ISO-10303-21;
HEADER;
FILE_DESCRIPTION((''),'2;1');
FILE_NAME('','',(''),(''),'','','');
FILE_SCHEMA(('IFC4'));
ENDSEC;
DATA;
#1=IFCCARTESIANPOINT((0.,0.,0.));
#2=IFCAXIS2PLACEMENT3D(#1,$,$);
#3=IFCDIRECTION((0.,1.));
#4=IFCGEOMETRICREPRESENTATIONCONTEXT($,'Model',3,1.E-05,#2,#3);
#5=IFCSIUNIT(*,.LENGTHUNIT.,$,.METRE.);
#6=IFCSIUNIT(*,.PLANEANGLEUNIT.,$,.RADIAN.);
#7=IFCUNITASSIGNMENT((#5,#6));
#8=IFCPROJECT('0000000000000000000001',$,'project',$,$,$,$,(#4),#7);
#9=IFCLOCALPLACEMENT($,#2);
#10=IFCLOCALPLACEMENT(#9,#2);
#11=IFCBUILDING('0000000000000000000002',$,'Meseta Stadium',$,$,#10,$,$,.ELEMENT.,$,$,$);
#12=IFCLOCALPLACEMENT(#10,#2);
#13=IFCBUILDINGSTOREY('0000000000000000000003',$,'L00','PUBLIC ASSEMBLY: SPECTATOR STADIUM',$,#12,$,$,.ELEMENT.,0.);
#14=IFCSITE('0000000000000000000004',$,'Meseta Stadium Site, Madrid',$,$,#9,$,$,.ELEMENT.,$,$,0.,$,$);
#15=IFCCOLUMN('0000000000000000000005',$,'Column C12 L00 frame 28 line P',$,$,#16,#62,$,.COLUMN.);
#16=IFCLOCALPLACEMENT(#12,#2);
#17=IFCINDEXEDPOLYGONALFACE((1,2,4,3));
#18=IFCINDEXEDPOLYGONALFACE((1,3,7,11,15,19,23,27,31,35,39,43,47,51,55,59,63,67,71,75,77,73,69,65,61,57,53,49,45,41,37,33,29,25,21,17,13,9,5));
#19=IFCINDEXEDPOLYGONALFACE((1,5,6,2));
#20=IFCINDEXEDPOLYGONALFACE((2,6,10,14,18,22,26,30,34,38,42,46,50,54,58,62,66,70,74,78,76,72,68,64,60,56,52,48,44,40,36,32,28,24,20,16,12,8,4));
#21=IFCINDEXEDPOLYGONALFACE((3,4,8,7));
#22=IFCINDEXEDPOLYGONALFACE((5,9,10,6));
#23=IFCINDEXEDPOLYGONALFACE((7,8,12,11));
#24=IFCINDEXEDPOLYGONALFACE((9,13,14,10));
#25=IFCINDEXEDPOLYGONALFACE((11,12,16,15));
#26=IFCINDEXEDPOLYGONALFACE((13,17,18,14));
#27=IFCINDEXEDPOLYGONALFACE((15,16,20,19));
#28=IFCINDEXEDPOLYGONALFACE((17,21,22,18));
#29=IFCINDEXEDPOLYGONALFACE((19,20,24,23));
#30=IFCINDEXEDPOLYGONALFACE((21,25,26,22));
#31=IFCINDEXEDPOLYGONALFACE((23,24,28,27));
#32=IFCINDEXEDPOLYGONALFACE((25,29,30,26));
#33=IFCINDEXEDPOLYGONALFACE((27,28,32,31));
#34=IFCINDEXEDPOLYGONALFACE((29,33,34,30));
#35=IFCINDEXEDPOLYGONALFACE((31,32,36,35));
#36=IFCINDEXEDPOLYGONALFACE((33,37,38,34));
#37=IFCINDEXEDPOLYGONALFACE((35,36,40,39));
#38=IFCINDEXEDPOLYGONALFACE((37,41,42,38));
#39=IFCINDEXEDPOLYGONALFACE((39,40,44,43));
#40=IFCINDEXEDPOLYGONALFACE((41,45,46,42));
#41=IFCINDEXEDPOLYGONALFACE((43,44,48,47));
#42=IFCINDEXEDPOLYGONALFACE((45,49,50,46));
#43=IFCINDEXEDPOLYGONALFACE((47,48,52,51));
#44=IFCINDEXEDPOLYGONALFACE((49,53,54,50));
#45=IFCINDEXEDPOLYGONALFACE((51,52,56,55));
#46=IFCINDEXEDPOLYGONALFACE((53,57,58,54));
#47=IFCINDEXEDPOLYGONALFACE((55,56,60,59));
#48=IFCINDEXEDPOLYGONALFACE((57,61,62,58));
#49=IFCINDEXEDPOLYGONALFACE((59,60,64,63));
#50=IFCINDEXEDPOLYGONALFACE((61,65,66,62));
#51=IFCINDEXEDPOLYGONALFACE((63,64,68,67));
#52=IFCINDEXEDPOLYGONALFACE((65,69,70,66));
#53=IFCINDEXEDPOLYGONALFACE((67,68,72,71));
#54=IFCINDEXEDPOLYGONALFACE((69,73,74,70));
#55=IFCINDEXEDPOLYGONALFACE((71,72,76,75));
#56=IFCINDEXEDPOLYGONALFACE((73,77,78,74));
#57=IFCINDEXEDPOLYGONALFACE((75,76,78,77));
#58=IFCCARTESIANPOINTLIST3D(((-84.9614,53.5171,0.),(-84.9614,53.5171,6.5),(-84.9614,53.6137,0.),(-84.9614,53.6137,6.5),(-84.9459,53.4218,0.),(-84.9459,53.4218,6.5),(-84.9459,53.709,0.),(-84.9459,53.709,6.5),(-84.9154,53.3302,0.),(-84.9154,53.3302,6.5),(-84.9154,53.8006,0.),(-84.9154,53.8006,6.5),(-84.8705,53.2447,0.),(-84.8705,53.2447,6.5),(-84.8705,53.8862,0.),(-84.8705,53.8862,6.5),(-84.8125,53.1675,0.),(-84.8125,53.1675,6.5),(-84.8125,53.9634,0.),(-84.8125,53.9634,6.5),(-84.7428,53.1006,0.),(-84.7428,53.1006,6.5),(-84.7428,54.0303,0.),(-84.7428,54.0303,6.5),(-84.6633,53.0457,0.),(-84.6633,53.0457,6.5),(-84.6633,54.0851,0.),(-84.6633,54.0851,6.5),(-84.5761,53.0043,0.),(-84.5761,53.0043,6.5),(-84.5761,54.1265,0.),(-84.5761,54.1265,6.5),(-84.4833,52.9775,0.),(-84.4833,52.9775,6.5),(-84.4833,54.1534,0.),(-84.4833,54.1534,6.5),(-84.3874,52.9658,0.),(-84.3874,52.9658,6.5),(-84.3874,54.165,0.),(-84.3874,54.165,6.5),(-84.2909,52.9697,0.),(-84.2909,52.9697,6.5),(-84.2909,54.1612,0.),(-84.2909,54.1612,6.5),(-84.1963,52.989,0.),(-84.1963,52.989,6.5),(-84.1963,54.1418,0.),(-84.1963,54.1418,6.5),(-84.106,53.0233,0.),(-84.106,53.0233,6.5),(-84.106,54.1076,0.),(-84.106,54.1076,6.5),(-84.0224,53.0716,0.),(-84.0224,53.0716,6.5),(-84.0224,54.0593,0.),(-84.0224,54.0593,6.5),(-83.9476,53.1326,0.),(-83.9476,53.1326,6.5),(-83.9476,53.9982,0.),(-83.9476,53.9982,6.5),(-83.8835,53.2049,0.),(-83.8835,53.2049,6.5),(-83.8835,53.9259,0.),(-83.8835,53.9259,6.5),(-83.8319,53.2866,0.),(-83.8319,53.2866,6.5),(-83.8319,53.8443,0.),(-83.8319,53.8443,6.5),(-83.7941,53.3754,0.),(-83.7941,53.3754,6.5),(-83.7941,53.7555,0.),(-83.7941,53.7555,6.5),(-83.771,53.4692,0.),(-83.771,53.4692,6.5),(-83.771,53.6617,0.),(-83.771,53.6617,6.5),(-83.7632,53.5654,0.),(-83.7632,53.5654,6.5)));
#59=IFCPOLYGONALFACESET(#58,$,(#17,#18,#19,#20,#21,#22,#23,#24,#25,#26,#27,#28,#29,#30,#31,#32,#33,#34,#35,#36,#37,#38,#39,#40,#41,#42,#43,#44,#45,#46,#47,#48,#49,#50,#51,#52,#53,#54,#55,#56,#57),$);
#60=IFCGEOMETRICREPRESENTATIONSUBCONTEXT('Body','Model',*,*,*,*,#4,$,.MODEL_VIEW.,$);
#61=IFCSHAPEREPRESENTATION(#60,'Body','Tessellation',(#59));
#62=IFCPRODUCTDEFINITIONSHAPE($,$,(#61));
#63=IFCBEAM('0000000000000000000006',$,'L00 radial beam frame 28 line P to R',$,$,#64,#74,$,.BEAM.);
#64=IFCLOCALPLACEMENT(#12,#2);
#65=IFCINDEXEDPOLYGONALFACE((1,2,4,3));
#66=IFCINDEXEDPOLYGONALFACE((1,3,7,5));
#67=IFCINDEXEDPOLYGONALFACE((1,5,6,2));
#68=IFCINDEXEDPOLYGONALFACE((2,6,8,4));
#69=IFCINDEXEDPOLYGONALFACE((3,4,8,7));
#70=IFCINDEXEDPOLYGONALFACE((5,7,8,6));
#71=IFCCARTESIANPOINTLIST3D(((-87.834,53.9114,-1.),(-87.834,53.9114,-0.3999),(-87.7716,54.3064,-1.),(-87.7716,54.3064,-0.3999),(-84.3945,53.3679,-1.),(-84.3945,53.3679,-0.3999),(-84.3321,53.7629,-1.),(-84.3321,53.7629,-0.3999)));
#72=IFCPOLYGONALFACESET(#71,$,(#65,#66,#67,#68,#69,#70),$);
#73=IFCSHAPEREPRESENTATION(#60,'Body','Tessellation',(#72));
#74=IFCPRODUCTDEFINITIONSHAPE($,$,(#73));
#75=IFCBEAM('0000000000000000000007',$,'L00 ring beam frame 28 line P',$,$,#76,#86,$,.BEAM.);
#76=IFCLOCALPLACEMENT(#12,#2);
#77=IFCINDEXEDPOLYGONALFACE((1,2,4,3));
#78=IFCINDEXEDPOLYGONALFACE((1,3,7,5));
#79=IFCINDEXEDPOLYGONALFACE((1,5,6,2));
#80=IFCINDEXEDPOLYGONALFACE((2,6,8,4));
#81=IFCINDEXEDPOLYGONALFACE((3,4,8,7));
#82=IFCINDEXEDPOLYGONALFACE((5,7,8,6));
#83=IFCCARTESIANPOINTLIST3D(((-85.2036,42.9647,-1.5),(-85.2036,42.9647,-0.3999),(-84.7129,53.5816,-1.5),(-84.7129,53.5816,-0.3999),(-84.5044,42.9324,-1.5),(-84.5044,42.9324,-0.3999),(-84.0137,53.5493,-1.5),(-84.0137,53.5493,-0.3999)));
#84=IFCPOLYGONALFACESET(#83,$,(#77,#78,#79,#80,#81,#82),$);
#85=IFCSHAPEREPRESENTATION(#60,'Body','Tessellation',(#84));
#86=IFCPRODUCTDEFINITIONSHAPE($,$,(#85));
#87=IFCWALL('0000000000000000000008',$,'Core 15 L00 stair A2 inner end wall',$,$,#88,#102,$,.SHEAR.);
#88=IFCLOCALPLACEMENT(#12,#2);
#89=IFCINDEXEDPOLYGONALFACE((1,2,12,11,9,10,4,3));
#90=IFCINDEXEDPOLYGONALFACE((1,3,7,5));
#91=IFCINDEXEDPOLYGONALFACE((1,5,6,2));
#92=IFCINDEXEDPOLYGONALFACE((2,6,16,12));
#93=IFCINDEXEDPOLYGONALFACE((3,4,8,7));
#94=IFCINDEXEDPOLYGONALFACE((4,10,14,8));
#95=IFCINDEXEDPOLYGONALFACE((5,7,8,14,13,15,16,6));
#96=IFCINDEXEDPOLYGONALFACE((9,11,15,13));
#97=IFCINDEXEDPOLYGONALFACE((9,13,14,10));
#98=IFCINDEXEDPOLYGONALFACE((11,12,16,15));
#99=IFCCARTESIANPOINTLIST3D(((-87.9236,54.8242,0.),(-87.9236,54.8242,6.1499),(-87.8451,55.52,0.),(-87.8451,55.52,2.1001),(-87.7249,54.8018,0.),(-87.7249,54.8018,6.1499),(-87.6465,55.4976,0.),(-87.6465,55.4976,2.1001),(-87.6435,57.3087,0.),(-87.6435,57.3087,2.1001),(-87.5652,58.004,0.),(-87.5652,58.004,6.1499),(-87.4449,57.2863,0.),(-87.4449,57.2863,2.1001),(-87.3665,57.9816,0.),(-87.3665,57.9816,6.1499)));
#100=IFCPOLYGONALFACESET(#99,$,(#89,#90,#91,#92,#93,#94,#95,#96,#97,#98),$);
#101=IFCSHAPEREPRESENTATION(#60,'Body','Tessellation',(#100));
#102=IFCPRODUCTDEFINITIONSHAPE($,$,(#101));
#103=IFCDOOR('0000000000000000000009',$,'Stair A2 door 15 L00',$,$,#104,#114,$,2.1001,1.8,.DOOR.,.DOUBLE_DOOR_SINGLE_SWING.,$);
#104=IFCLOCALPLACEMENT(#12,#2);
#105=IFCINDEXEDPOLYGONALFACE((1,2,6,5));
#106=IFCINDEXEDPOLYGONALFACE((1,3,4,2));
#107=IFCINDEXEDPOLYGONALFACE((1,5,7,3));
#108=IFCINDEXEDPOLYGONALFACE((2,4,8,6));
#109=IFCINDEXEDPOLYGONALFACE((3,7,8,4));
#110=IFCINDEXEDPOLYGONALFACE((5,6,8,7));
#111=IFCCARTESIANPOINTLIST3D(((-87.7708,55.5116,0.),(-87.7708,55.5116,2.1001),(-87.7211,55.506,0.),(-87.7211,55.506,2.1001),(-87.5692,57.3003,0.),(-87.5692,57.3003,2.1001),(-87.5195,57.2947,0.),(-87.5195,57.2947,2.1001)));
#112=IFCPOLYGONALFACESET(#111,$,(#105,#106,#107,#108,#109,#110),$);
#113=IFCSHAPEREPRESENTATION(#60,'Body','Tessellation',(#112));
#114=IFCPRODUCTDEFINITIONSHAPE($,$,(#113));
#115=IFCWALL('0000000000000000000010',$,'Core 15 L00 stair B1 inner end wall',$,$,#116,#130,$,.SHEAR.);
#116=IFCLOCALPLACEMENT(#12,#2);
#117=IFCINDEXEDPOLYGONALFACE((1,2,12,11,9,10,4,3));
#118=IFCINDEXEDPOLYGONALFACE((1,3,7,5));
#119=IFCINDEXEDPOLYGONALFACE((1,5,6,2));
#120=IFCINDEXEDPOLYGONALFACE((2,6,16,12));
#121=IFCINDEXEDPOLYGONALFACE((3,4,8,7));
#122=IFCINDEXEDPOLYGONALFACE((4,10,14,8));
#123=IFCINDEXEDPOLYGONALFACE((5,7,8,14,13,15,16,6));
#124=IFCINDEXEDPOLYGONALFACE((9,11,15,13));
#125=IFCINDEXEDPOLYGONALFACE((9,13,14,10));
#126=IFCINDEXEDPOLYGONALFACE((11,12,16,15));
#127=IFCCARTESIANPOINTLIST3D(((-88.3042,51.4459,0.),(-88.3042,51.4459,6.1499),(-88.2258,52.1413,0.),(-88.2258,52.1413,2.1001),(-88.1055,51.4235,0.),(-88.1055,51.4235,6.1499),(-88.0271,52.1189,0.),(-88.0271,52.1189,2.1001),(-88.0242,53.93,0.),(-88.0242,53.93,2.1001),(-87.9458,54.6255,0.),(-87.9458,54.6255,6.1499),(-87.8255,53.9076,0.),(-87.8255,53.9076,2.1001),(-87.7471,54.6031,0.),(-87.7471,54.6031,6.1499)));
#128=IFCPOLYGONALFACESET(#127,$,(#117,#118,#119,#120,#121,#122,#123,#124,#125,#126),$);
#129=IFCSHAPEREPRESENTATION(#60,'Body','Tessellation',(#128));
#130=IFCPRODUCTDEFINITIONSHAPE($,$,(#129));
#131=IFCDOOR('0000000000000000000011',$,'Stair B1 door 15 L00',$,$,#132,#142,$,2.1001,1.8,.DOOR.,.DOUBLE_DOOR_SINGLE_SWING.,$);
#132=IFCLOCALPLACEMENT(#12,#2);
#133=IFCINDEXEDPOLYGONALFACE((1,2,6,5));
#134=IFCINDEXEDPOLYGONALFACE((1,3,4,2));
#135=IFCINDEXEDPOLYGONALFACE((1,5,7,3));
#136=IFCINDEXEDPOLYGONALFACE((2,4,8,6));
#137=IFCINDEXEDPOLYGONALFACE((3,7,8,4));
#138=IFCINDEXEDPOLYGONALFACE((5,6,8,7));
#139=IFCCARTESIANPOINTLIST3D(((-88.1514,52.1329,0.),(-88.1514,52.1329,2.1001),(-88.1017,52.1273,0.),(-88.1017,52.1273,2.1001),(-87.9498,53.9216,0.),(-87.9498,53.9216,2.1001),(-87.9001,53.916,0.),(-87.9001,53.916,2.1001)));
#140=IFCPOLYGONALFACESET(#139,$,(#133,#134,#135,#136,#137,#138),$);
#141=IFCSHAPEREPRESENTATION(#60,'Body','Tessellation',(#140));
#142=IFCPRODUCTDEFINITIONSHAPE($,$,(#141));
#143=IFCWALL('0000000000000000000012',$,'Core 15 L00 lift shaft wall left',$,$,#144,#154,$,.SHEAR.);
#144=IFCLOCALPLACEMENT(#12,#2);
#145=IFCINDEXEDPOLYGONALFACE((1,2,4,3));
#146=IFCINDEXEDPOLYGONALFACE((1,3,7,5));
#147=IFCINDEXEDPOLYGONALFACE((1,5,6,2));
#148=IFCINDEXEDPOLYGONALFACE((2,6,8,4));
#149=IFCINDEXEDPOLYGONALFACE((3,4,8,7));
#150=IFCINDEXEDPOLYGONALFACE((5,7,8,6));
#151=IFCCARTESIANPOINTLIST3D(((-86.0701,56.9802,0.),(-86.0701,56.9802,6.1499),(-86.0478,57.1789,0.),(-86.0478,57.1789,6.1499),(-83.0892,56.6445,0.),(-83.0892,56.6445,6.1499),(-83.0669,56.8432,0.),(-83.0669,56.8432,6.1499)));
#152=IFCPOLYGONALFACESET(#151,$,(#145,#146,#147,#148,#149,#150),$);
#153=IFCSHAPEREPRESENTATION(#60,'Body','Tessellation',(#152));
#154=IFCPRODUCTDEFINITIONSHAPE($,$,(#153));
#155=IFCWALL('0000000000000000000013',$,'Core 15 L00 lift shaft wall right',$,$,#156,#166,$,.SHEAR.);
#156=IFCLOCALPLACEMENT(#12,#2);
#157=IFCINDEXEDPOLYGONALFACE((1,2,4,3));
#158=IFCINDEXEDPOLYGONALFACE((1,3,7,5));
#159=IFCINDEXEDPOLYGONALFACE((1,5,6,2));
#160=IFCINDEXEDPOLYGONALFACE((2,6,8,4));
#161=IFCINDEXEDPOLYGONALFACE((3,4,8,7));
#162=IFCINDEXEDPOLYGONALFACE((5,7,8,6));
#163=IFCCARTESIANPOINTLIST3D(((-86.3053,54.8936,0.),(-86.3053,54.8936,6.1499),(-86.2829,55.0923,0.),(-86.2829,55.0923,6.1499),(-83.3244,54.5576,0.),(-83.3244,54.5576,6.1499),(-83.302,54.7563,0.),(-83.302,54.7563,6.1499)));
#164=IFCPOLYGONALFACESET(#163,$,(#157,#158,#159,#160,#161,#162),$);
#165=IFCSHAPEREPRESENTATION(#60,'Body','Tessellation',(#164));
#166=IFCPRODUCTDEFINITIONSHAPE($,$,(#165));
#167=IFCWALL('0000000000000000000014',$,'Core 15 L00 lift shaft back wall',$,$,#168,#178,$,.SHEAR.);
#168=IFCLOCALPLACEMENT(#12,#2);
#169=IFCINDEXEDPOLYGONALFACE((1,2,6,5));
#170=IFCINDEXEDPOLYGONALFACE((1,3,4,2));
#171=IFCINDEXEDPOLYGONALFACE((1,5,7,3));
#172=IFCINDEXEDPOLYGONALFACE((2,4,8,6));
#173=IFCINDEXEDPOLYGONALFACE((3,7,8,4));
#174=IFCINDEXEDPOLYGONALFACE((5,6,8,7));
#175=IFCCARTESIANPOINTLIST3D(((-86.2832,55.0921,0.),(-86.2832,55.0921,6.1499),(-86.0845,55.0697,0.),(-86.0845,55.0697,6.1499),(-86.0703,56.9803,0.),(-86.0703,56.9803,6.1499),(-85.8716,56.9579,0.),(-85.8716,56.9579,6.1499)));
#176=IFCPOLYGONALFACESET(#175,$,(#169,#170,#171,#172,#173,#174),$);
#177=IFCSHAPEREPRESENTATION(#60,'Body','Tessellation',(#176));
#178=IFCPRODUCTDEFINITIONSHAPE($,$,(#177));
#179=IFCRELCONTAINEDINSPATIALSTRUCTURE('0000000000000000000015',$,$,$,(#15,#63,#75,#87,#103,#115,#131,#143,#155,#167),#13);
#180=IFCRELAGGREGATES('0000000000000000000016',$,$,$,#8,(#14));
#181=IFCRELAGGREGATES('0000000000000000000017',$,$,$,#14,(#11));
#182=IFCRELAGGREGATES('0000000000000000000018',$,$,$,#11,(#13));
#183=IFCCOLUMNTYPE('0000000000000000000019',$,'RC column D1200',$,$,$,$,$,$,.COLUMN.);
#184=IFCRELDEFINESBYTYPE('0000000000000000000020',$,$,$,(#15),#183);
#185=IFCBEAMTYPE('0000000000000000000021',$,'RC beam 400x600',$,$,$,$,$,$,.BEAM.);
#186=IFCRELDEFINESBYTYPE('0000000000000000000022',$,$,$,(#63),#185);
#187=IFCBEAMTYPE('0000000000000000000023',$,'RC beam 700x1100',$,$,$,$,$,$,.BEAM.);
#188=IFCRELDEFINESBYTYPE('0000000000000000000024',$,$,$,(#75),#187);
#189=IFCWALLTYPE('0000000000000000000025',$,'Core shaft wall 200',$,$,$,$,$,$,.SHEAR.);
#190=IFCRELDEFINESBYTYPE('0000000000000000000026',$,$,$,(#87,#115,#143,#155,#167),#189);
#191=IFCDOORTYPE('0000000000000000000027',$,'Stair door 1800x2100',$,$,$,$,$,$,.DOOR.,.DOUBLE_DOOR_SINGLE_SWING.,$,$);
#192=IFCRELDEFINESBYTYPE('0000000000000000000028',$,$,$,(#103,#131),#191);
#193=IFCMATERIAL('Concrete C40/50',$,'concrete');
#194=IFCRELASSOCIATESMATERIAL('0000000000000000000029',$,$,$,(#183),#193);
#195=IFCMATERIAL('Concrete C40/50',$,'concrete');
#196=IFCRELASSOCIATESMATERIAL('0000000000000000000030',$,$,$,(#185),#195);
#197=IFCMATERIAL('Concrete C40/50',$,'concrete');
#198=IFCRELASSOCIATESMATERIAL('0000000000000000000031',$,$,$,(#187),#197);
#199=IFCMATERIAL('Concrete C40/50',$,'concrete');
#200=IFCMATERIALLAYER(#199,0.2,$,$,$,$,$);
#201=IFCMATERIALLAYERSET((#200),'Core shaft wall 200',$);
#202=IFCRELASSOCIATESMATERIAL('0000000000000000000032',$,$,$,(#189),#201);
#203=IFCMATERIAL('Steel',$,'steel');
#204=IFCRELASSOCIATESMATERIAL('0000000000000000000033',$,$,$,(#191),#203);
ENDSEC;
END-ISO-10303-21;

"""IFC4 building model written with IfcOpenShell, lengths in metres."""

from ifc_helpers import new_model, si_unit, direction, frame, frame_2d, origin, origin_2d, place, context, subcontext, project, spatial, rectangle, circle, extrude, material, layer, layer_set, material_profile, profile_set, type_object, element, fill, save


model = new_model("IFC4")

# Units and contexts
model_context = context("Model", 3, precision=1e-05, world=origin(), true_north=direction((0.0, 1.0)))
body_context = subcontext(model_context, "Body", "Model", "MODEL_VIEW")
ifc_project = project(units=[si_unit("LENGTHUNIT", "METRE"), si_unit("PLANEANGLEUNIT", "RADIAN")], contexts=[model_context])

# Site, building, storey
site_placement = place(None, origin())
site = spatial("IfcSite", under=ifc_project, at=site_placement, Name="Meseta Stadium Site, Madrid", CompositionType="ELEMENT", RefElevation=0.0)
building_placement = place(site_placement, origin())
building = spatial("IfcBuilding", under=site, at=building_placement, Name="Meseta Stadium", CompositionType="ELEMENT")
storey_placement = place(building_placement, origin())
storey = spatial("IfcBuildingStorey", under=building, at=storey_placement, Name="L00", Description="PUBLIC ASSEMBLY: SPECTATOR STADIUM", CompositionType="ELEMENT", Elevation=0.0)

# Column
ifc_material_1 = material(Name="Concrete C40/50", Category="concrete")
ifc_material_profile_1 = material_profile(ifc_material_1, circle(Radius=0.6001, at=origin_2d()), Name="RC D1200")
ifc_profile_set_1 = profile_set([ifc_material_profile_1], Name="Concrete C40/50")
column_type = type_object("IfcColumnType", Name="RC column D1200", PredefinedType="COLUMN", material=ifc_profile_set_1)
column_placement = place(storey_placement, frame((-84.3633, 53.5654, 0.0), z_axis=(0.0, 0.0, 1.0), x_axis=(1.0, 0.0, 0.0)))
element("IfcColumn", 1, at=column_placement, inside=storey, type_object=column_type, Name="Column C12 L00 frame 28 line P", PredefinedType="COLUMN", context=body_context, shape_type="SweptSolid", body=[
    extrude(circle(Radius=0.6001, at=origin_2d()), origin(), (0.0, 0.0, 1.0), 6.5),
])

# Beams
ifc_material_2 = material(Name="Concrete C40/50", Category="concrete")
ifc_material_profile_2 = material_profile(ifc_material_2, rectangle(XDim=0.3999, YDim=0.6001, at=origin_2d()), Name="RC 400x600")
ifc_profile_set_2 = profile_set([ifc_material_profile_2], Name="Concrete C40/50")
beam_type_1 = type_object("IfcBeamType", Name="RC beam 400x600", PredefinedType="BEAM", material=ifc_profile_set_2)
beam_1_placement = place(storey_placement, frame((-84.3633, 53.5654, -0.7), z_axis=(-0.987746, 0.156071, 0.0), x_axis=(-0.156071, -0.987746, 0.0)))
element("IfcBeam", 2, at=beam_1_placement, inside=storey, type_object=beam_type_1, Name="L00 radial beam frame 28 line P to R", PredefinedType="BEAM", context=body_context, shape_type="SweptSolid", body=[
    extrude(rectangle(XDim=0.3999, YDim=0.6001, at=origin_2d()), origin(), (0.0, 0.0, 1.0), 3.4822),
])
ifc_material_3 = material(Name="Concrete C40/50", Category="concrete")
ifc_material_profile_3 = material_profile(ifc_material_3, rectangle(XDim=0.7, YDim=1.1001, at=origin_2d()), Name="RC 700x1100")
ifc_profile_set_3 = profile_set([ifc_material_profile_3], Name="Concrete C40/50")
beam_type_2 = type_object("IfcBeamType", Name="RC beam 700x1100", PredefinedType="BEAM", material=ifc_profile_set_3)
beam_2_placement = place(storey_placement, frame((-84.3633, 53.5654, -0.95), z_axis=(-0.046171, -0.998934, 0.0), x_axis=(0.998934, -0.046171, 0.0)))
element("IfcBeam", 3, at=beam_2_placement, inside=storey, type_object=beam_type_2, Name="L00 ring beam frame 28 line P", PredefinedType="BEAM", context=body_context, shape_type="SweptSolid", body=[
    extrude(rectangle(XDim=0.7, YDim=1.1001, at=origin_2d()), origin(), (0.0, 0.0, 1.0), 10.6282),
])

# Walls, openings, doors
ifc_material_4 = material(Name="Concrete C40/50", Category="concrete")
ifc_layer_1 = layer(ifc_material_4, 0.2)
ifc_layer_set_1 = layer_set([ifc_layer_1], Name="Core shaft wall 200")
wall_type_1 = type_object("IfcWallType", Name="Core shaft wall 200", PredefinedType="SHEAR", material=ifc_layer_set_1)
wall_1_placement = place(storey_placement, frame((-87.4658, 57.9929, 0.0), z_axis=(0.0, 0.0, 1.0), x_axis=(-0.111997, -0.993709, 0.0)))
wall_1 = element("IfcWall", 4, at=wall_1_placement, inside=storey, type_object=wall_type_1, Name="Core 15 L00 stair A2 inner end wall", PredefinedType="SHEAR", context=body_context, shape_type="SweptSolid", body=[
    extrude(rectangle(XDim=3.2, YDim=0.2, at=frame_2d((1.6001, 0.0))), origin(), (0.0, 0.0, 1.0), 6.1499),
])
opening_1_placement = place(wall_1_placement, frame((0.7, 0.0, 0.0)))
opening_1 = element("IfcOpeningElement", 5, at=opening_1_placement, cuts=wall_1, PredefinedType="OPENING", context=body_context, shape_type="SweptSolid", body=[
    extrude(rectangle(XDim=1.8, YDim=2.1001, at=frame_2d((0.8999, 1.05))), frame((0.0, 0.1099, 0.0), z_axis=(0.0, -1.0, 0.0), x_axis=(1.0, 0.0, 0.0)), (0.0, 0.0, 1.0), 0.22),
])
ifc_material_5 = material(Name="Steel", Category="steel")
door_type_1 = type_object("IfcDoorType", Name="Stair door 1800x2100", OperationType="DOUBLE_DOOR_SINGLE_SWING", PredefinedType="DOOR", material=ifc_material_5)
door_1_placement = place(opening_1_placement, origin())
door_1 = element("IfcDoor", 6, at=door_1_placement, inside=storey, type_object=door_type_1, Name="Stair A2 door 15 L00", OperationType="DOUBLE_DOOR_SINGLE_SWING", OverallHeight=2.1001, OverallWidth=1.8, PredefinedType="DOOR", context=body_context, shape_type="SweptSolid", body=[
    extrude(rectangle(XDim=1.8, YDim=2.1001, at=frame_2d((0.8999, 1.05))), frame((0.0, 0.0249, 0.0), z_axis=(0.0, -1.0, 0.0), x_axis=(1.0, 0.0, 0.0)), (0.0, 0.0, 1.0), 0.05),
])
fill(opening_1, door_1)
wall_2_placement = place(storey_placement, frame((-87.8464, 54.6143, 0.0), z_axis=(0.0, 0.0, 1.0), x_axis=(-0.112006, -0.993708, 0.0)))
wall_2 = element("IfcWall", 7, at=wall_2_placement, inside=storey, type_object=wall_type_1, Name="Core 15 L00 stair B1 inner end wall", PredefinedType="SHEAR", context=body_context, shape_type="SweptSolid", body=[
    extrude(rectangle(XDim=3.1997, YDim=0.2, at=frame_2d((1.5999, 0.0))), origin(), (0.0, 0.0, 1.0), 6.1499),
])
opening_2_placement = place(wall_2_placement, frame((0.7, 0.0, 0.0)))
opening_2 = element("IfcOpeningElement", 8, at=opening_2_placement, cuts=wall_2, PredefinedType="OPENING", context=body_context, shape_type="SweptSolid", body=[
    extrude(rectangle(XDim=1.8, YDim=2.1001, at=frame_2d((0.8999, 1.05))), frame((0.0, 0.1099, 0.0), z_axis=(0.0, -1.0, 0.0), x_axis=(1.0, 0.0, 0.0)), (0.0, 0.0, 1.0), 0.22),
])
door_2_placement = place(opening_2_placement, origin())
door_2 = element("IfcDoor", 9, at=door_2_placement, inside=storey, type_object=door_type_1, Name="Stair B1 door 15 L00", OperationType="DOUBLE_DOOR_SINGLE_SWING", OverallHeight=2.1001, OverallWidth=1.8, PredefinedType="DOOR", context=body_context, shape_type="SweptSolid", body=[
    extrude(rectangle(XDim=1.8, YDim=2.1001, at=frame_2d((0.8999, 1.05))), frame((0.0, 0.0249, 0.0), z_axis=(0.0, -1.0, 0.0), x_axis=(1.0, 0.0, 0.0)), (0.0, 0.0, 1.0), 0.05),
])
fill(opening_2, door_2)

# Walls
for number, where, z_axis, x_axis, name in (
    (10, (-86.0591, 57.0796, 0.0), (0.0, 0.0, 1.0), (0.993719, -0.111905, 0.0), "Core 15 L00 lift shaft wall left"),
    (11, (-86.2942, 54.9929, 0.0), (0.0, 0.0, 1.0), (0.99371, -0.111986, 0.0), "Core 15 L00 lift shaft wall right"),
):
    element("IfcWall", number, at=place(storey_placement, frame(where, z_axis=z_axis, x_axis=x_axis)), inside=storey, type_object=wall_type_1, Name=name, PredefinedType="SHEAR", context=body_context, shape_type="SweptSolid", body=[
        extrude(rectangle(XDim=2.9998, YDim=0.2, at=frame_2d((1.5, 0.0))), origin(), (0.0, 0.0, 1.0), 6.1499),
    ])
wall_3_placement = place(storey_placement, frame((-85.9709, 56.9692, 0.0), z_axis=(0.0, 0.0, 1.0), x_axis=(-0.112039, -0.993704, 0.0)))
element("IfcWall", 12, at=wall_3_placement, inside=storey, type_object=wall_type_1, Name="Core 15 L00 lift shaft back wall", PredefinedType="SHEAR", context=body_context, shape_type="SweptSolid", body=[
    extrude(rectangle(XDim=1.9001, YDim=0.2, at=frame_2d((0.9502, 0.0))), origin(), (0.0, 0.0, 1.0), 6.1499),
])

save(model, "model.ifc")
